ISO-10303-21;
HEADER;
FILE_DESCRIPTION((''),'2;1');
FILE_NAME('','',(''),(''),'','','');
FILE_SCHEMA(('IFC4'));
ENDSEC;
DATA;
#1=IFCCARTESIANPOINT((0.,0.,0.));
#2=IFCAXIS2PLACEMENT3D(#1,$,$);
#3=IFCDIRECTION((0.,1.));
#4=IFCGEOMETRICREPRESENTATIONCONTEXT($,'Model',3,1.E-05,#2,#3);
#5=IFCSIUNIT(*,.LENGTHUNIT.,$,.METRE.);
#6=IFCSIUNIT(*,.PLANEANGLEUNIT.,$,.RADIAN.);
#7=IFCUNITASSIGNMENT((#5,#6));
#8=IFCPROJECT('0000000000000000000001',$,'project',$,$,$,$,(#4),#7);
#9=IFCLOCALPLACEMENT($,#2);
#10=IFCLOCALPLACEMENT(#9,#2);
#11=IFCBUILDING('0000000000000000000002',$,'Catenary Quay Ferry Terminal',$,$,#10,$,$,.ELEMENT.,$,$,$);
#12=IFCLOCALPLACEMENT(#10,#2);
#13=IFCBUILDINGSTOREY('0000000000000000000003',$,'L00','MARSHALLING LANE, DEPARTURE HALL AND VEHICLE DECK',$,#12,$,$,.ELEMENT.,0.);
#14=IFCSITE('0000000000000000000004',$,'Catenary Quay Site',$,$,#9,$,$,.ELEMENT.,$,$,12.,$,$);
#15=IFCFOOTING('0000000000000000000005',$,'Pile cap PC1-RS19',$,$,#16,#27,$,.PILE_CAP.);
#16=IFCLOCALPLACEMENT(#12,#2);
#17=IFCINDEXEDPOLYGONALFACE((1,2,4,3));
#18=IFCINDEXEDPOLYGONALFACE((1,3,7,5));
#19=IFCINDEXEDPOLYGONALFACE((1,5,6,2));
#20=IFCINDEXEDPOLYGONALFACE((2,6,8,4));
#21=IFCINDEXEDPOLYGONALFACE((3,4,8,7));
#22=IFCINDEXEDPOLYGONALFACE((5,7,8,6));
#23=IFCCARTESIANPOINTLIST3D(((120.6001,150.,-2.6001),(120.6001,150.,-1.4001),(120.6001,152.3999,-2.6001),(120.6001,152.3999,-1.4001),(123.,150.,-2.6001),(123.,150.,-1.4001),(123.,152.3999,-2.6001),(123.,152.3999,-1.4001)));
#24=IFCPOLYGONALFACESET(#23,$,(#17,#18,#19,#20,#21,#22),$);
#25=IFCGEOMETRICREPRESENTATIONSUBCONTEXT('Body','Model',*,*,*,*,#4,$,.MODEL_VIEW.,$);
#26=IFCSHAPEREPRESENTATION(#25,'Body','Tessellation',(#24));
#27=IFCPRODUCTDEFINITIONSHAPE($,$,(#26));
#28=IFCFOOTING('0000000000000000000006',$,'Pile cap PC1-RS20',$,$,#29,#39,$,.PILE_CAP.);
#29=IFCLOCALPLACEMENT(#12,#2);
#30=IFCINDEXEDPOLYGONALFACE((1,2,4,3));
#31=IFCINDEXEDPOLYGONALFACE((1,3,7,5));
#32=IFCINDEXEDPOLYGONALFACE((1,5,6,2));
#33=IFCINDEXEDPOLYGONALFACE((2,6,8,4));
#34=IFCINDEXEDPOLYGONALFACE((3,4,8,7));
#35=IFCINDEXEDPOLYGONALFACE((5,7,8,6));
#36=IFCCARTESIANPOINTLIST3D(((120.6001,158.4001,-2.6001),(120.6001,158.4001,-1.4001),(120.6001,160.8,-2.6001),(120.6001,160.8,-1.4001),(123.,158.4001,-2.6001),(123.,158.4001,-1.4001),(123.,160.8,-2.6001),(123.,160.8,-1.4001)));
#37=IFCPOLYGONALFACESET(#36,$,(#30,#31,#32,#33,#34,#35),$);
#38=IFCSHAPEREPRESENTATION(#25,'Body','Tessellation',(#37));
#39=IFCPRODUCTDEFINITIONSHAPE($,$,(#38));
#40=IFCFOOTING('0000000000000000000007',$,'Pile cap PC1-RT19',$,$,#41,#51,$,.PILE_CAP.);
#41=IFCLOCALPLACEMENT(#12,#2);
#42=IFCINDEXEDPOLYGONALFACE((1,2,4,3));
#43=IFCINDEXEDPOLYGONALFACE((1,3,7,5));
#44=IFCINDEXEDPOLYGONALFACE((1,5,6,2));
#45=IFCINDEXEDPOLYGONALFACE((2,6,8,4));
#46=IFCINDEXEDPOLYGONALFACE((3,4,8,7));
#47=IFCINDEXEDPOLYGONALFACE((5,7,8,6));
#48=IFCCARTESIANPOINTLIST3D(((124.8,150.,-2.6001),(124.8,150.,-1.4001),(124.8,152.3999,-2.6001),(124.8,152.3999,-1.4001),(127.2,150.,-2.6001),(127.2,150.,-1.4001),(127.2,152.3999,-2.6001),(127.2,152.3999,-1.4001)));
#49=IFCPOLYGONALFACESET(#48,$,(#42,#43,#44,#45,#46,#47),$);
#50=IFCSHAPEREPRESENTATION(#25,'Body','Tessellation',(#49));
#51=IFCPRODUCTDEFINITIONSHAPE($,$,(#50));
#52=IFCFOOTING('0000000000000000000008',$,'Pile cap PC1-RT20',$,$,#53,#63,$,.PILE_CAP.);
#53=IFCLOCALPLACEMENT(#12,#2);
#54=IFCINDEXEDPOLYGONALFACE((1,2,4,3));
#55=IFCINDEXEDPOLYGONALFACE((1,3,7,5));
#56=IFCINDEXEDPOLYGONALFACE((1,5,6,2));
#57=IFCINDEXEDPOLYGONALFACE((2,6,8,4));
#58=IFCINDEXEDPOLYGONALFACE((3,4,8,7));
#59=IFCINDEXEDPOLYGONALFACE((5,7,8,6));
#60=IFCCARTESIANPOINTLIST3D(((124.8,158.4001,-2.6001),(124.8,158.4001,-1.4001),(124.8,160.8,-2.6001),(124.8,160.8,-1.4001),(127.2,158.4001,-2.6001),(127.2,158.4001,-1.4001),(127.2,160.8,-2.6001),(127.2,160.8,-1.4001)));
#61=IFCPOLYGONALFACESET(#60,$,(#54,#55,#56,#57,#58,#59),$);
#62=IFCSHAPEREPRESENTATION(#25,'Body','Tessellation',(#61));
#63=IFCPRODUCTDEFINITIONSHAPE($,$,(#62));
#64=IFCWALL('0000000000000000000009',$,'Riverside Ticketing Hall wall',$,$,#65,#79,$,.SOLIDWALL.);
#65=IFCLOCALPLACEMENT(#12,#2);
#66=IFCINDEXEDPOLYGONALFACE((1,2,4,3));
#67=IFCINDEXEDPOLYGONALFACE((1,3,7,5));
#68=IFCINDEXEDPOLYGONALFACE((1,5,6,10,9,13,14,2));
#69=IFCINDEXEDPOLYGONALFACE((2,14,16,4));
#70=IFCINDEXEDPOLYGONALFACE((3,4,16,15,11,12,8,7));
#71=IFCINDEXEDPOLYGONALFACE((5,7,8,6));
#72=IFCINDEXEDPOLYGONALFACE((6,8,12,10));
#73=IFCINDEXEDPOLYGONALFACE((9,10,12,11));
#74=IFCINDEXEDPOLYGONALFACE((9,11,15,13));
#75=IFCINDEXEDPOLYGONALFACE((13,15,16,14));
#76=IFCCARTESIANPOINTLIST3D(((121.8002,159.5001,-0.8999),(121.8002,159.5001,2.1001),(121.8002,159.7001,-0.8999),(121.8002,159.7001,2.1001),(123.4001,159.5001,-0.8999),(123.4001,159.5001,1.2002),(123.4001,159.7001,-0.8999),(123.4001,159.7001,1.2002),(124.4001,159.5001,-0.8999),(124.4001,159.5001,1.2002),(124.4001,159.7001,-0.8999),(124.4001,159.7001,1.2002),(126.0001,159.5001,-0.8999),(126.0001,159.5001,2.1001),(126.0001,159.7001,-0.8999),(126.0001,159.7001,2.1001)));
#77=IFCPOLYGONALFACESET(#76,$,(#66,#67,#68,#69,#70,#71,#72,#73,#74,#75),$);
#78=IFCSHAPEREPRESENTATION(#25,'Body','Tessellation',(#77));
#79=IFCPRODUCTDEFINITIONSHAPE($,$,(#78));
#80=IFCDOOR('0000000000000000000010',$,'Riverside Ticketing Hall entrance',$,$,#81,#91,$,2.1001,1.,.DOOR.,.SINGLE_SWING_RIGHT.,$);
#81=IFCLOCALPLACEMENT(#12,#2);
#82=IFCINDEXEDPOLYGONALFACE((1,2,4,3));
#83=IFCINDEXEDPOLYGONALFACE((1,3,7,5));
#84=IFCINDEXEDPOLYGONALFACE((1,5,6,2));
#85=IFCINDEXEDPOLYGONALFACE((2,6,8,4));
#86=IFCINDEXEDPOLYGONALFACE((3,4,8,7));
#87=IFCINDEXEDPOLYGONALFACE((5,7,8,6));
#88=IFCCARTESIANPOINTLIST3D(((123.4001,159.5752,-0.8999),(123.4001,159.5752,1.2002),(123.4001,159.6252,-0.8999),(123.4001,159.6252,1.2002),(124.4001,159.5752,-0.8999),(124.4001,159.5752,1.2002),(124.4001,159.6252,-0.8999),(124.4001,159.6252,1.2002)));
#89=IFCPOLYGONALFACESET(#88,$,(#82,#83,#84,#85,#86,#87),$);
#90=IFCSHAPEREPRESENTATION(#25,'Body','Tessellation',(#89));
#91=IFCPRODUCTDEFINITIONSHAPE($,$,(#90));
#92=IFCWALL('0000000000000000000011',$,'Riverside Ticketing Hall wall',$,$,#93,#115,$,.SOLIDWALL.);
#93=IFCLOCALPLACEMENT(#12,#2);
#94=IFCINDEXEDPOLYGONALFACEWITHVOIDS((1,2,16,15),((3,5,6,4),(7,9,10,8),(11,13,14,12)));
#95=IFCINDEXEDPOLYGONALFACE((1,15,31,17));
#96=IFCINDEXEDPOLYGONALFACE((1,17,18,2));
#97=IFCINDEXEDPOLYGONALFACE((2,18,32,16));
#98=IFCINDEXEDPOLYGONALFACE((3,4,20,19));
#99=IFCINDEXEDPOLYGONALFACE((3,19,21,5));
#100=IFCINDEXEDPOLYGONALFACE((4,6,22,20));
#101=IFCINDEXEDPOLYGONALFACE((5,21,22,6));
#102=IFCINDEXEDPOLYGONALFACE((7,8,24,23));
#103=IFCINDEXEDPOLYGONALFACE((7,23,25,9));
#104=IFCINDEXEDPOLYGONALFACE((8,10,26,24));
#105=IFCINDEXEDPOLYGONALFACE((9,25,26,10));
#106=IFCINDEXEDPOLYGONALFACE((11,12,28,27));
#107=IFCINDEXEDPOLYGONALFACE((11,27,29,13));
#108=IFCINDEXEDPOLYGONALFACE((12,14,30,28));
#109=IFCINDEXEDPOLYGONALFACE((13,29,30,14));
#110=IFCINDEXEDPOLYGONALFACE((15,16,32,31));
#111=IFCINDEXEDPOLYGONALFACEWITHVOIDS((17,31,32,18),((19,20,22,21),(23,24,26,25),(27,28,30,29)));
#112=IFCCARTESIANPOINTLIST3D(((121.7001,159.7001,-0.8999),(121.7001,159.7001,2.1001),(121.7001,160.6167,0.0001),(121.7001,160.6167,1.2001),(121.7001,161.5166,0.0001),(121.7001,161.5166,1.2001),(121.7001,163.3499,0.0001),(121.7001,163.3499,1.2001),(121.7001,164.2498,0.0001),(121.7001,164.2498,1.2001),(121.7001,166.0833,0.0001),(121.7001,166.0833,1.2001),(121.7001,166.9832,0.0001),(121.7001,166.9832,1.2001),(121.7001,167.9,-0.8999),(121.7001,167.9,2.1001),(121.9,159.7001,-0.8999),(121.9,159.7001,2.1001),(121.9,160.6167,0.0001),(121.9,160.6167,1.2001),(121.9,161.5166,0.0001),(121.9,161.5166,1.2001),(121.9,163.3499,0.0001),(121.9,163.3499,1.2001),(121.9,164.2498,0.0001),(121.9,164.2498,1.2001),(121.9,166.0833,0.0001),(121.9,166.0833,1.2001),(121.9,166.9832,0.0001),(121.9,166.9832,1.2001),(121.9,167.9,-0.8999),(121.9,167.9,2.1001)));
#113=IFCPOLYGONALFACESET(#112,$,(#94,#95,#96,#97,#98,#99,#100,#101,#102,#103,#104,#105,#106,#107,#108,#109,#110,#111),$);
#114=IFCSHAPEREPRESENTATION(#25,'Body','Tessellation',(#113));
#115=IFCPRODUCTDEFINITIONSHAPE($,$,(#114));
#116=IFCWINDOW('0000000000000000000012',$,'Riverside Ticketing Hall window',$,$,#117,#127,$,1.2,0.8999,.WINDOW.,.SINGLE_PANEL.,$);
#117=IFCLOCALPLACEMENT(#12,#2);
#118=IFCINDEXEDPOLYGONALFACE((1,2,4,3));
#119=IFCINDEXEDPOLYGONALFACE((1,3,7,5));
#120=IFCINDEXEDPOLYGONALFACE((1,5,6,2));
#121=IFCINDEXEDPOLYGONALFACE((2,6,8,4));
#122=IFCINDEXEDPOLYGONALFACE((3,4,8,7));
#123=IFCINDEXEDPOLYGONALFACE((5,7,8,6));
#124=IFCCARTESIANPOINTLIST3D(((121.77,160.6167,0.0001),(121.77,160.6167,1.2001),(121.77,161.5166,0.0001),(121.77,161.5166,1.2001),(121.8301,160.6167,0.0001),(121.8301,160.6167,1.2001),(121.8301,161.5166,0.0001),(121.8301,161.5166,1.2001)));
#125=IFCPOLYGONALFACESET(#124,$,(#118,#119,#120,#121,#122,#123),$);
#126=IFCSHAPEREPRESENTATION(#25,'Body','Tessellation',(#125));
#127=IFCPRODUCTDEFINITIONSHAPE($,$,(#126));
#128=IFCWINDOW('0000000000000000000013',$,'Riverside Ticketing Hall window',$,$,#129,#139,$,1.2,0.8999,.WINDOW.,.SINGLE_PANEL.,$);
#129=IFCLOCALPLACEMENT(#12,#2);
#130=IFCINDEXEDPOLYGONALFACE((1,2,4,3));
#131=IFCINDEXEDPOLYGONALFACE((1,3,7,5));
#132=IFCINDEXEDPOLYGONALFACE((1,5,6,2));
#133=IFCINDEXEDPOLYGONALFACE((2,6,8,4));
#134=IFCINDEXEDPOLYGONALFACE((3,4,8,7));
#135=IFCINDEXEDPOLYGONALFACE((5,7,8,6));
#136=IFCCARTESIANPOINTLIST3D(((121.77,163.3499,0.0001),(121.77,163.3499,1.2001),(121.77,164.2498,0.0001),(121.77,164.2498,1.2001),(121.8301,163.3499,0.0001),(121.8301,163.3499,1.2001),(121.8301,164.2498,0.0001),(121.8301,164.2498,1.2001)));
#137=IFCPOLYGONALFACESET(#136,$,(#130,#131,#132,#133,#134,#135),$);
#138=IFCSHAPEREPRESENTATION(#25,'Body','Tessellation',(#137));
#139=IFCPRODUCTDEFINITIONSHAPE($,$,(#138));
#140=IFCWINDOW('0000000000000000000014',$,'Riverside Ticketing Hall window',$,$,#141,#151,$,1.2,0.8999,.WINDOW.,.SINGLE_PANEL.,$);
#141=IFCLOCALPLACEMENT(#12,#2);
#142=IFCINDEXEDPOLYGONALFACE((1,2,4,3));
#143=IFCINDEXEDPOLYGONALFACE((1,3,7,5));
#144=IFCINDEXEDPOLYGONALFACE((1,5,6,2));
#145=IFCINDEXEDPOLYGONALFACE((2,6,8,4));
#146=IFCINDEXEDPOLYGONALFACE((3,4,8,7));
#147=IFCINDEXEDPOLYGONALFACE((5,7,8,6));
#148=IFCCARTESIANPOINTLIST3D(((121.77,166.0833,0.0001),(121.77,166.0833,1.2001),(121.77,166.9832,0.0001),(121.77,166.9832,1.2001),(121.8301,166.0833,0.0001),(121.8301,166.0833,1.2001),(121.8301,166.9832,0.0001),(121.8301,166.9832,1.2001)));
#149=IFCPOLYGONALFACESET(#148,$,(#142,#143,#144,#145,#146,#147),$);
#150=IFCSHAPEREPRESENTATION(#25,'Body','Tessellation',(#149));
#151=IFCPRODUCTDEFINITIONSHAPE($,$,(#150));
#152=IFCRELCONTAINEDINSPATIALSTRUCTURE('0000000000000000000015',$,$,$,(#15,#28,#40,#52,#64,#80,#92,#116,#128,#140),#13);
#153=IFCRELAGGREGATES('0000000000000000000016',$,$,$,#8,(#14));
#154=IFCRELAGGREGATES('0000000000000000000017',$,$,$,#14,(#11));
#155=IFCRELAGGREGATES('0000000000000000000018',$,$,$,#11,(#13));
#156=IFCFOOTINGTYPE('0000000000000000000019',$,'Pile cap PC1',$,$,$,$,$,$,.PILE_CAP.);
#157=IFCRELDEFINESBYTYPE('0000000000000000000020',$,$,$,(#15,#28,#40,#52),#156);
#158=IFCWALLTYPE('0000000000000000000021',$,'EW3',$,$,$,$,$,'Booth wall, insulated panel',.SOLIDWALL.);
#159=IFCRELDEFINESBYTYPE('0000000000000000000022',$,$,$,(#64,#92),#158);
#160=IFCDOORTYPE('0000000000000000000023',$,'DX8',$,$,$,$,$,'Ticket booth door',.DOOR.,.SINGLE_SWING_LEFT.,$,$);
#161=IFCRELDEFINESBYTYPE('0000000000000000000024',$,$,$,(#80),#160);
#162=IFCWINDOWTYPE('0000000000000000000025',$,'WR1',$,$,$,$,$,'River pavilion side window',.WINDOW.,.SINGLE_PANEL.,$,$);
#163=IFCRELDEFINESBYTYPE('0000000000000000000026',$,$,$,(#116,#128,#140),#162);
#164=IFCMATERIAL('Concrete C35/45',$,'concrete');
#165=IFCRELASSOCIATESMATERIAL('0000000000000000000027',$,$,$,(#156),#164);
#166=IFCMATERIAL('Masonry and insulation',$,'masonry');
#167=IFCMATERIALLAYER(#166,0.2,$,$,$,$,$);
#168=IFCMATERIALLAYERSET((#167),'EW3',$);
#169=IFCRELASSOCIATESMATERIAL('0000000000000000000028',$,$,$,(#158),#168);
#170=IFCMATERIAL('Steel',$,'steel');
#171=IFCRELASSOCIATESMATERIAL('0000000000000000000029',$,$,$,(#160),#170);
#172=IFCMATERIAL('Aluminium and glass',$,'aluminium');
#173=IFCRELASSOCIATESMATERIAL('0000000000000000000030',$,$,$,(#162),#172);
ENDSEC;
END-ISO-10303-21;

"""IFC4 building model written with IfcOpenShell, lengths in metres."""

from ifc_helpers import new_model, si_unit, direction, frame, frame_2d, origin, origin_2d, place, context, subcontext, project, spatial, rectangle, extrude, material, layer, layer_set, type_object, element, fill, save


model = new_model("IFC4")

# Units and contexts
model_context = context("Model", 3, precision=1e-05, world=origin(), true_north=direction((0.0, 1.0)))
body_context = subcontext(model_context, "Body", "Model", "MODEL_VIEW")
ifc_project = project(units=[si_unit("LENGTHUNIT", "METRE"), si_unit("PLANEANGLEUNIT", "RADIAN")], contexts=[model_context])

# Site, building, storey
site_placement = place(None, origin())
site = spatial("IfcSite", under=ifc_project, at=site_placement, Name="Catenary Quay Site", CompositionType="ELEMENT", RefElevation=12.0)
building_placement = place(site_placement, origin())
building = spatial("IfcBuilding", under=site, at=building_placement, Name="Catenary Quay Ferry Terminal", CompositionType="ELEMENT")
storey_placement = place(building_placement, origin())
storey = spatial("IfcBuildingStorey", under=building, at=storey_placement, Name="L00", Description="MARSHALLING LANE, DEPARTURE HALL AND VEHICLE DECK", CompositionType="ELEMENT", Elevation=0.0)

# Footings
ifc_material_1 = material(Name="Concrete C35/45", Category="concrete")
footing_type = type_object("IfcFootingType", Name="Pile cap PC1", PredefinedType="PILE_CAP", material=ifc_material_1)
for number, where, z_axis, x_axis, name in (
    (1, (121.8, 151.2, -2.6001), (0.0, 0.0, 1.0), (1.0, 0.0, 0.0), "Pile cap PC1-RS19"),
    (2, (121.8, 159.6001, -2.6001), (0.0, 0.0, 1.0), (1.0, 0.0, 0.0), "Pile cap PC1-RS20"),
    (3, (126.0, 151.2, -2.6001), (0.0, 0.0, 1.0), (1.0, 0.0, 0.0), "Pile cap PC1-RT19"),
    (4, (126.0, 159.6001, -2.6001), (0.0, 0.0, 1.0), (1.0, 0.0, 0.0), "Pile cap PC1-RT20"),
):
    element("IfcFooting", number, at=place(storey_placement, frame(where, z_axis=z_axis, x_axis=x_axis)), inside=storey, type_object=footing_type, Name=name, PredefinedType="PILE_CAP", context=body_context, shape_type="SweptSolid", body=[
        extrude(rectangle(XDim=2.3999, YDim=2.3999, at=origin_2d()), origin(), (0.0, 0.0, 1.0), 1.2),
    ])

# Wall, opening, door
ifc_material_2 = material(Name="Masonry and insulation", Category="masonry")
ifc_layer = layer(ifc_material_2, 0.2)
ifc_layer_set = layer_set([ifc_layer], Name="EW3")
wall_type = type_object("IfcWallType", Name="EW3", ElementType="Booth wall, insulated panel", PredefinedType="SOLIDWALL", material=ifc_layer_set)
wall_1_placement = place(storey_placement, frame((121.8, 159.6001, -0.8999), z_axis=(0.0, 0.0, 1.0), x_axis=(1.0, 0.0, 0.0)))
wall_1 = element("IfcWall", 5, at=wall_1_placement, inside=storey, type_object=wall_type, Name="Riverside Ticketing Hall wall", PredefinedType="SOLIDWALL", context=body_context, shape_type="SweptSolid", body=[
    extrude(rectangle(XDim=4.2, YDim=0.2, at=frame_2d((2.1001, 0.0))), origin(), (0.0, 0.0, 1.0), 3.0),
])
opening_1_placement = place(wall_1_placement, frame((1.6001, 0.0, 0.0)))
opening_1 = element("IfcOpeningElement", 6, at=opening_1_placement, cuts=wall_1, PredefinedType="OPENING", context=body_context, shape_type="SweptSolid", body=[
    extrude(rectangle(XDim=1.0, YDim=2.1001, at=frame_2d((0.5, 1.05))), frame((0.0, 0.1099, 0.0), z_axis=(0.0, -1.0, 0.0), x_axis=(1.0, 0.0, 0.0)), (0.0, 0.0, 1.0), 0.22),
])
ifc_material_3 = material(Name="Steel", Category="steel")
door_type = type_object("IfcDoorType", Name="DX8", ElementType="Ticket booth door", OperationType="SINGLE_SWING_LEFT", PredefinedType="DOOR", material=ifc_material_3)
door_placement = place(opening_1_placement, frame((1.0, 0.0, 0.0), z_axis=(0.0, 0.0, 1.0), x_axis=(-1.0, 0.0, 0.0)))
door = element("IfcDoor", 7, at=door_placement, inside=storey, type_object=door_type, Name="Riverside Ticketing Hall entrance", OperationType="SINGLE_SWING_RIGHT", OverallHeight=2.1001, OverallWidth=1.0, PredefinedType="DOOR", context=body_context, shape_type="SweptSolid", body=[
    extrude(rectangle(XDim=1.0, YDim=2.1001, at=frame_2d((0.5, 1.05))), frame((0.0, 0.0249, 0.0), z_axis=(0.0, -1.0, 0.0), x_axis=(1.0, 0.0, 0.0)), (0.0, 0.0, 1.0), 0.05),
])
fill(opening_1, door)

# Wall, openings, windows
wall_2_placement = place(storey_placement, frame((121.8, 159.7, -0.8999), z_axis=(0.0, 0.0, 1.0), x_axis=(0.0, 1.0, 0.0)))
wall_2 = element("IfcWall", 8, at=wall_2_placement, inside=storey, type_object=wall_type, Name="Riverside Ticketing Hall wall", PredefinedType="SOLIDWALL", context=body_context, shape_type="SweptSolid", body=[
    extrude(rectangle(XDim=8.2, YDim=0.2, at=frame_2d((4.1001, 0.0))), origin(), (0.0, 0.0, 1.0), 3.0),
])
opening_2_placement = place(wall_2_placement, frame((0.9167, 0.0, 0.8999)))
opening_2 = element("IfcOpeningElement", 9, at=opening_2_placement, cuts=wall_2, PredefinedType="OPENING", context=body_context, shape_type="SweptSolid", body=[
    extrude(rectangle(XDim=0.8999, YDim=1.2, at=frame_2d((0.45, 0.6001))), frame((0.0, 0.1099, 0.0), z_axis=(0.0, -1.0, 0.0), x_axis=(1.0, 0.0, 0.0)), (0.0, 0.0, 1.0), 0.22),
])
opening_3_placement = place(wall_2_placement, frame((3.6499, 0.0, 0.8999)))
opening_3 = element("IfcOpeningElement", 10, at=opening_3_placement, cuts=wall_2, PredefinedType="OPENING", context=body_context, shape_type="SweptSolid", body=[
    extrude(rectangle(XDim=0.8999, YDim=1.2, at=frame_2d((0.45, 0.6001))), frame((0.0, 0.1099, 0.0), z_axis=(0.0, -1.0, 0.0), x_axis=(1.0, 0.0, 0.0)), (0.0, 0.0, 1.0), 0.22),
])
opening_4_placement = place(wall_2_placement, frame((6.3833, 0.0, 0.8999)))
opening_4 = element("IfcOpeningElement", 11, at=opening_4_placement, cuts=wall_2, PredefinedType="OPENING", context=body_context, shape_type="SweptSolid", body=[
    extrude(rectangle(XDim=0.8999, YDim=1.2, at=frame_2d((0.45, 0.6001))), frame((0.0, 0.1099, 0.0), z_axis=(0.0, -1.0, 0.0), x_axis=(1.0, 0.0, 0.0)), (0.0, 0.0, 1.0), 0.22),
])
ifc_material_4 = material(Name="Aluminium and glass", Category="aluminium")
window_type = type_object("IfcWindowType", Name="WR1", ElementType="River pavilion side window", PartitioningType="SINGLE_PANEL", PredefinedType="WINDOW", material=ifc_material_4)
window_1_placement = place(opening_2_placement, origin())
window_1 = element("IfcWindow", 12, at=window_1_placement, inside=storey, type_object=window_type, Name="Riverside Ticketing Hall window", OverallHeight=1.2, OverallWidth=0.8999, PartitioningType="SINGLE_PANEL", PredefinedType="WINDOW", context=body_context, shape_type="SweptSolid", body=[
    extrude(rectangle(XDim=0.8999, YDim=1.2, at=frame_2d((0.45, 0.6001))), frame((0.0, 0.03, 0.0), z_axis=(0.0, -1.0, 0.0), x_axis=(1.0, 0.0, 0.0)), (0.0, 0.0, 1.0), 0.0601),
])
fill(opening_2, window_1)
window_2_placement = place(opening_3_placement, origin())
window_2 = element("IfcWindow", 13, at=window_2_placement, inside=storey, type_object=window_type, Name="Riverside Ticketing Hall window", OverallHeight=1.2, OverallWidth=0.8999, PartitioningType="SINGLE_PANEL", PredefinedType="WINDOW", context=body_context, shape_type="SweptSolid", body=[
    extrude(rectangle(XDim=0.8999, YDim=1.2, at=frame_2d((0.45, 0.6001))), frame((0.0, 0.03, 0.0), z_axis=(0.0, -1.0, 0.0), x_axis=(1.0, 0.0, 0.0)), (0.0, 0.0, 1.0), 0.0601),
])
fill(opening_3, window_2)
window_3_placement = place(opening_4_placement, origin())
window_3 = element("IfcWindow", 14, at=window_3_placement, inside=storey, type_object=window_type, Name="Riverside Ticketing Hall window", OverallHeight=1.2, OverallWidth=0.8999, PartitioningType="SINGLE_PANEL", PredefinedType="WINDOW", context=body_context, shape_type="SweptSolid", body=[
    extrude(rectangle(XDim=0.8999, YDim=1.2, at=frame_2d((0.45, 0.6001))), frame((0.0, 0.03, 0.0), z_axis=(0.0, -1.0, 0.0), x_axis=(1.0, 0.0, 0.0)), (0.0, 0.0, 1.0), 0.0601),
])
fill(opening_4, window_3)

save(model, "model.ifc")
